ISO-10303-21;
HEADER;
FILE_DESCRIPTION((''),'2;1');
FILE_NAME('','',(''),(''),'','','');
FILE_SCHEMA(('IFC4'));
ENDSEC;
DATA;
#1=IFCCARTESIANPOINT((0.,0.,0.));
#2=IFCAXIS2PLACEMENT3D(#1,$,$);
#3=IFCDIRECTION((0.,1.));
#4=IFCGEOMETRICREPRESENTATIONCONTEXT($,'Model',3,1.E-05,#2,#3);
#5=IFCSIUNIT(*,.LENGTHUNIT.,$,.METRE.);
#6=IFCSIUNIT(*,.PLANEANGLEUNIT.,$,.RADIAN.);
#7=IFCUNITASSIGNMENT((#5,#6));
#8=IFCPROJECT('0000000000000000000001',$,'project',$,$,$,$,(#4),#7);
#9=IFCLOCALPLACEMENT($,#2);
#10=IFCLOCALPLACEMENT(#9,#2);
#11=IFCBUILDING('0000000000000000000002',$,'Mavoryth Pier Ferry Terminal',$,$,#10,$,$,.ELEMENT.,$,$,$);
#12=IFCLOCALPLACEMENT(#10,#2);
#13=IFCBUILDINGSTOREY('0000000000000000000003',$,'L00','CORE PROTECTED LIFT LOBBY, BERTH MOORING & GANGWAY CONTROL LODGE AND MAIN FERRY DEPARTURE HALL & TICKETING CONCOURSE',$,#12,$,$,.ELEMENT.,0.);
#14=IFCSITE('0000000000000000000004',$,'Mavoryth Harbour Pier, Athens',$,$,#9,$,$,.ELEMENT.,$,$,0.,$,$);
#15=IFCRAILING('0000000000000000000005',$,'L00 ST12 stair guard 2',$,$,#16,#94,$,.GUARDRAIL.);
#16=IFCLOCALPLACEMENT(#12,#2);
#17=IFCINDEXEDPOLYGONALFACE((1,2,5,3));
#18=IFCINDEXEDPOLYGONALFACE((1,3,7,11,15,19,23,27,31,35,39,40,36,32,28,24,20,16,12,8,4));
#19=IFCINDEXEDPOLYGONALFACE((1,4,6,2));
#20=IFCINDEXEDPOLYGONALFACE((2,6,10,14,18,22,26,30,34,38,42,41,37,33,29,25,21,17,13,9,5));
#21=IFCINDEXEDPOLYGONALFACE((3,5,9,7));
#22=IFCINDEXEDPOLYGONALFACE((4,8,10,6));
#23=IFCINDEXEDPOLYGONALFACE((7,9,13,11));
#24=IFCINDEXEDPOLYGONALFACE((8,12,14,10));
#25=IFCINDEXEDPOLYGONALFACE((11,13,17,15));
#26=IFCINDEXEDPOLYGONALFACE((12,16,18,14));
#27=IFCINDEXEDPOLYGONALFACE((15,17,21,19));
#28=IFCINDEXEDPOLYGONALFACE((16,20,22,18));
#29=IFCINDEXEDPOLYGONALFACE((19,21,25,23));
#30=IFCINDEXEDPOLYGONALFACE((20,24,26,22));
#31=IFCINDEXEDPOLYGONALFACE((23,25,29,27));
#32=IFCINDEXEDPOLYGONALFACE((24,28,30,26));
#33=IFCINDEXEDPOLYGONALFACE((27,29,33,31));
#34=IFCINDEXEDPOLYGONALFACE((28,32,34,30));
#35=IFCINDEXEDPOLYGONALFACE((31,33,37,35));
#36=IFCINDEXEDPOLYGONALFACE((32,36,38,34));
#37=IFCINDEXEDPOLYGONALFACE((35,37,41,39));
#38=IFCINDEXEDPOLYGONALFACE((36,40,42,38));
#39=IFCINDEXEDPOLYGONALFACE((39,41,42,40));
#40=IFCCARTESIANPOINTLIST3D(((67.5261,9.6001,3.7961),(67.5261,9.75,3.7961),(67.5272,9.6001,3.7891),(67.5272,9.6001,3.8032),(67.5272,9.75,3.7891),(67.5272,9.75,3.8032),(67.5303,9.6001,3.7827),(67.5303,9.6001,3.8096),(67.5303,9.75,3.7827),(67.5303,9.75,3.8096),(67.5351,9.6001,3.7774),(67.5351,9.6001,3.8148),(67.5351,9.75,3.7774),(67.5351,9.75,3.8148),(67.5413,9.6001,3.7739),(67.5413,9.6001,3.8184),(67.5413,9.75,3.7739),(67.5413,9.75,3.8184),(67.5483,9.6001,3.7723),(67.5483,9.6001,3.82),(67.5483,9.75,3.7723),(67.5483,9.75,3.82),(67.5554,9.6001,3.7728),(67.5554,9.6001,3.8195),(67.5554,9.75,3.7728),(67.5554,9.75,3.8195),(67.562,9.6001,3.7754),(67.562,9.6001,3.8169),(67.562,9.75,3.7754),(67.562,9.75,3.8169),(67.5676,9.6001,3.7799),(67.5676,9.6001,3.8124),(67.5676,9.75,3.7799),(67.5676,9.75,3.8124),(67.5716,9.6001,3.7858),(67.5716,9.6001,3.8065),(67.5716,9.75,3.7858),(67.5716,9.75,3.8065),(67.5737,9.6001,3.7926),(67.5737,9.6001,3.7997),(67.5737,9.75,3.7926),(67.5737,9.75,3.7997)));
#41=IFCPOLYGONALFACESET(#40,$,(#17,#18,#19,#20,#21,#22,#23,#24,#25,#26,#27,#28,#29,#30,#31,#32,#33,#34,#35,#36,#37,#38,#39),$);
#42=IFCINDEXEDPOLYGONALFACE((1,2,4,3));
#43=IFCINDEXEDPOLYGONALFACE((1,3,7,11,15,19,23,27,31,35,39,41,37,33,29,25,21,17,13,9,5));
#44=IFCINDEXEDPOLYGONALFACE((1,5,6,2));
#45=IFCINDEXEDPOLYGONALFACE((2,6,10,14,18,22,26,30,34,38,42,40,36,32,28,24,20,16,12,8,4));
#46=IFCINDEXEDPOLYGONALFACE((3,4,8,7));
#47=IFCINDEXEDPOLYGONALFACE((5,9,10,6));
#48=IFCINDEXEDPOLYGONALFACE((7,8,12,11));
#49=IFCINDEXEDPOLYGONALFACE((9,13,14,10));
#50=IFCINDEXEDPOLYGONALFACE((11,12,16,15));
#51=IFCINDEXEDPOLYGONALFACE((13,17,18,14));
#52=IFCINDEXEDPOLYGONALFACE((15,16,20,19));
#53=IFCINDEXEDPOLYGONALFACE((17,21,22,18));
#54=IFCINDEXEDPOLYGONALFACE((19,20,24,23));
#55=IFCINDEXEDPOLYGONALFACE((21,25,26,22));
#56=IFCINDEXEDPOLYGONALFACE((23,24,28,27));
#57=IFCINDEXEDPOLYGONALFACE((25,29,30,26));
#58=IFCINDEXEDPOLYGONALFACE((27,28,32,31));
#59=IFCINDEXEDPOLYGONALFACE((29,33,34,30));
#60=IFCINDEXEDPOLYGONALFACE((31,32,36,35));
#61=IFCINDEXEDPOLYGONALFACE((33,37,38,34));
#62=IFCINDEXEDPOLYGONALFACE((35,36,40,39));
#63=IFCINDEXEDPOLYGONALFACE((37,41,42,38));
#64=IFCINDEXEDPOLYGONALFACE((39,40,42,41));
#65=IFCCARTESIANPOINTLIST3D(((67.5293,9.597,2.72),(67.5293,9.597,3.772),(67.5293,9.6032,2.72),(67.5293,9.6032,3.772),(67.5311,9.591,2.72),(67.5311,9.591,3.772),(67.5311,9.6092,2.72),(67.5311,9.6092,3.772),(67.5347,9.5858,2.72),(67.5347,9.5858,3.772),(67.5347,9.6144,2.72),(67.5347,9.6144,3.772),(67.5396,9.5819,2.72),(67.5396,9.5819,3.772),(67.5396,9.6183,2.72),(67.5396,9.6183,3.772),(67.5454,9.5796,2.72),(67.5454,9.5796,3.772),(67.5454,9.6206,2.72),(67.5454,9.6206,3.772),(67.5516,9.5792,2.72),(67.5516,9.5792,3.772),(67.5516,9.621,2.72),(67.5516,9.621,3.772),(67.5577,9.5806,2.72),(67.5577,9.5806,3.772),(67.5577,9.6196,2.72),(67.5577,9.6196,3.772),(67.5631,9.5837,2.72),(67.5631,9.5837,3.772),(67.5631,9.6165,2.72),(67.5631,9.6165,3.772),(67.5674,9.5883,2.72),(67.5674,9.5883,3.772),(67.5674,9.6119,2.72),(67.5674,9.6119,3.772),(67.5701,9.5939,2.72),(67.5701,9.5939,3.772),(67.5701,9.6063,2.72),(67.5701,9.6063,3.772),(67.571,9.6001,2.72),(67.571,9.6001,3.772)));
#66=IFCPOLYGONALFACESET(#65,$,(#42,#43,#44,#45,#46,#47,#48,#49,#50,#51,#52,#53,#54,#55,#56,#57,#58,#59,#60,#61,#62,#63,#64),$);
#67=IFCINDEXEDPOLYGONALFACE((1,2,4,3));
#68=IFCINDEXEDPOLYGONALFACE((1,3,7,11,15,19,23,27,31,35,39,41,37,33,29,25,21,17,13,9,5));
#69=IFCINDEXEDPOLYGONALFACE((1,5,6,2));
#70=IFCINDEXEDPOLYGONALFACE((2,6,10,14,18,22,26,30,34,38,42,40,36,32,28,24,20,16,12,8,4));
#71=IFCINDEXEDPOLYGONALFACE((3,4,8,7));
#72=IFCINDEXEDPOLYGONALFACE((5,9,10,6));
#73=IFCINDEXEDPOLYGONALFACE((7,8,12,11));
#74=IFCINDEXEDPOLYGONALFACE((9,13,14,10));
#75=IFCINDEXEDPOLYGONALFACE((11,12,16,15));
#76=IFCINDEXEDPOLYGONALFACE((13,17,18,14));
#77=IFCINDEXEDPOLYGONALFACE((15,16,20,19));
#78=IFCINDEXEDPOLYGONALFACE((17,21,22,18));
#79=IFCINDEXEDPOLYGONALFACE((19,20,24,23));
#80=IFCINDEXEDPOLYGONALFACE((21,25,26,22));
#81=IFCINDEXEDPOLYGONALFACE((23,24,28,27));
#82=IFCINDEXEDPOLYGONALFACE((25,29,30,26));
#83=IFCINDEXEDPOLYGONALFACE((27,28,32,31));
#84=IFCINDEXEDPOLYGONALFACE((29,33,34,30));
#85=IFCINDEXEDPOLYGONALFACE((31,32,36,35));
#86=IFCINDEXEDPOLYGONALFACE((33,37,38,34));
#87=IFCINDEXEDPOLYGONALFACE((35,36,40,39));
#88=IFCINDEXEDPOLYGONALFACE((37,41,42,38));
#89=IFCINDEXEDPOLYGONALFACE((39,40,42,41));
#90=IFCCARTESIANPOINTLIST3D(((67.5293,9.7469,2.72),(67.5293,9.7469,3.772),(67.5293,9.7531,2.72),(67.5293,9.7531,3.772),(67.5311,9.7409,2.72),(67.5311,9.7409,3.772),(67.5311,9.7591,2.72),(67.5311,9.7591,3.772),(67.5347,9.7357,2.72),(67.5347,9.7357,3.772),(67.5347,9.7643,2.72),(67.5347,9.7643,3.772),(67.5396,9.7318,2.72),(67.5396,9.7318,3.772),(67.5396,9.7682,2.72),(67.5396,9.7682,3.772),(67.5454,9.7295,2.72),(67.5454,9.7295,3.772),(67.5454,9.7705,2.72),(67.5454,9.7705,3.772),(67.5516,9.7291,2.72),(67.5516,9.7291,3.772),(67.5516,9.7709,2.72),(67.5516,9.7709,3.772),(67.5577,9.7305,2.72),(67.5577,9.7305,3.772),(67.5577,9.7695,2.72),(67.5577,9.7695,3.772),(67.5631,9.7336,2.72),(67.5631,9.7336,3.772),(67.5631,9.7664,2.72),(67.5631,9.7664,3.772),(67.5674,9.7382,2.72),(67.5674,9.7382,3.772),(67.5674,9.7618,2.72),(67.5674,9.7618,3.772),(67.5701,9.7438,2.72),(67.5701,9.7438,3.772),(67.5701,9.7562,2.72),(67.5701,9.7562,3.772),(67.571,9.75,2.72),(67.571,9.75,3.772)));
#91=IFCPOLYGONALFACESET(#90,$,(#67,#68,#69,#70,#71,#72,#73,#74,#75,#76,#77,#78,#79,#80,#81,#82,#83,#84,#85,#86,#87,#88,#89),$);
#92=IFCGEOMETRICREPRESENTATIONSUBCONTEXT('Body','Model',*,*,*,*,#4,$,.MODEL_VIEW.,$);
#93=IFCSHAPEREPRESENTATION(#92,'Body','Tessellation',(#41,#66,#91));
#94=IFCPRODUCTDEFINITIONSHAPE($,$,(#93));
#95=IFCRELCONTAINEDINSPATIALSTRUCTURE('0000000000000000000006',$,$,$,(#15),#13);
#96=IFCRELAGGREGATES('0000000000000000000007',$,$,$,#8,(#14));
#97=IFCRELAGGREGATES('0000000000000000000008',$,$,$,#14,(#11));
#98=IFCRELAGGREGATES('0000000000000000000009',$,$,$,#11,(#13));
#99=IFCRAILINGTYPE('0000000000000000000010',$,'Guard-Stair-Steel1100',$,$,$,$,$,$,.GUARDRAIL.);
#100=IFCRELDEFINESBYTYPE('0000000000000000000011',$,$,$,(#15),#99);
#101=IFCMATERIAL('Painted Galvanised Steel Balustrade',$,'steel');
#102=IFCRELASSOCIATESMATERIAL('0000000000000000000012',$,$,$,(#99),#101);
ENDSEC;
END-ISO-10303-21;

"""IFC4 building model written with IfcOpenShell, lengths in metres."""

from ifc_helpers import new_model, si_unit, direction, frame, origin, origin_2d, place, context, subcontext, project, spatial, circle, extrude, material, type_object, element, save


model = new_model("IFC4")

# Units and contexts
model_context = context("Model", 3, precision=1e-05, world=origin(), true_north=direction((0.0, 1.0)))
body_context = subcontext(model_context, "Body", "Model", "MODEL_VIEW")
ifc_project = project(units=[si_unit("LENGTHUNIT", "METRE"), si_unit("PLANEANGLEUNIT", "RADIAN")], contexts=[model_context])

# Site, building, storey
site_placement = place(None, origin())
site = spatial("IfcSite", under=ifc_project, at=site_placement, Name="Mavoryth Harbour Pier, Athens", CompositionType="ELEMENT", RefElevation=0.0)
building_placement = place(site_placement, origin())
building = spatial("IfcBuilding", under=site, at=building_placement, Name="Mavoryth Pier Ferry Terminal", CompositionType="ELEMENT")
storey_placement = place(building_placement, origin())
storey = spatial("IfcBuildingStorey", under=building, at=storey_placement, Name="L00", Description="CORE PROTECTED LIFT LOBBY, BERTH MOORING & GANGWAY CONTROL LODGE AND MAIN FERRY DEPARTURE HALL & TICKETING CONCOURSE", CompositionType="ELEMENT", Elevation=0.0)

# Railing
ifc_material_1 = material(Name="Painted Galvanised Steel Balustrade", Category="steel")
railing_type_1 = type_object("IfcRailingType", Name="Guard-Stair-Steel1100", PredefinedType="GUARDRAIL", material=ifc_material_1)
railing_1_placement = place(storey_placement, frame((67.55, 9.6001, 2.72)))
element("IfcRailing", 1, at=railing_1_placement, inside=storey, type_object=railing_type_1, Name="L00 ST12 stair guard 2", PredefinedType="GUARDRAIL", context=body_context, shape_type="SweptSolid", body=[
    extrude(circle(Radius=0.0239, at=origin_2d()), frame((0.0, 0.0, 1.0762), z_axis=(0.0, 1.0, 0.0), x_axis=(-1.0, 0.0, 0.0)), (0.0, 0.0, 1.0), 0.1499),
    extrude(circle(Radius=0.021, at=origin_2d()), origin(), (0.0, 0.0, 1.0), 1.052),
    extrude(circle(Radius=0.021, at=origin_2d()), frame((0.0, 0.1499, 0.0)), (0.0, 0.0, 1.0), 1.052),
])

save(model, "model.ifc")
